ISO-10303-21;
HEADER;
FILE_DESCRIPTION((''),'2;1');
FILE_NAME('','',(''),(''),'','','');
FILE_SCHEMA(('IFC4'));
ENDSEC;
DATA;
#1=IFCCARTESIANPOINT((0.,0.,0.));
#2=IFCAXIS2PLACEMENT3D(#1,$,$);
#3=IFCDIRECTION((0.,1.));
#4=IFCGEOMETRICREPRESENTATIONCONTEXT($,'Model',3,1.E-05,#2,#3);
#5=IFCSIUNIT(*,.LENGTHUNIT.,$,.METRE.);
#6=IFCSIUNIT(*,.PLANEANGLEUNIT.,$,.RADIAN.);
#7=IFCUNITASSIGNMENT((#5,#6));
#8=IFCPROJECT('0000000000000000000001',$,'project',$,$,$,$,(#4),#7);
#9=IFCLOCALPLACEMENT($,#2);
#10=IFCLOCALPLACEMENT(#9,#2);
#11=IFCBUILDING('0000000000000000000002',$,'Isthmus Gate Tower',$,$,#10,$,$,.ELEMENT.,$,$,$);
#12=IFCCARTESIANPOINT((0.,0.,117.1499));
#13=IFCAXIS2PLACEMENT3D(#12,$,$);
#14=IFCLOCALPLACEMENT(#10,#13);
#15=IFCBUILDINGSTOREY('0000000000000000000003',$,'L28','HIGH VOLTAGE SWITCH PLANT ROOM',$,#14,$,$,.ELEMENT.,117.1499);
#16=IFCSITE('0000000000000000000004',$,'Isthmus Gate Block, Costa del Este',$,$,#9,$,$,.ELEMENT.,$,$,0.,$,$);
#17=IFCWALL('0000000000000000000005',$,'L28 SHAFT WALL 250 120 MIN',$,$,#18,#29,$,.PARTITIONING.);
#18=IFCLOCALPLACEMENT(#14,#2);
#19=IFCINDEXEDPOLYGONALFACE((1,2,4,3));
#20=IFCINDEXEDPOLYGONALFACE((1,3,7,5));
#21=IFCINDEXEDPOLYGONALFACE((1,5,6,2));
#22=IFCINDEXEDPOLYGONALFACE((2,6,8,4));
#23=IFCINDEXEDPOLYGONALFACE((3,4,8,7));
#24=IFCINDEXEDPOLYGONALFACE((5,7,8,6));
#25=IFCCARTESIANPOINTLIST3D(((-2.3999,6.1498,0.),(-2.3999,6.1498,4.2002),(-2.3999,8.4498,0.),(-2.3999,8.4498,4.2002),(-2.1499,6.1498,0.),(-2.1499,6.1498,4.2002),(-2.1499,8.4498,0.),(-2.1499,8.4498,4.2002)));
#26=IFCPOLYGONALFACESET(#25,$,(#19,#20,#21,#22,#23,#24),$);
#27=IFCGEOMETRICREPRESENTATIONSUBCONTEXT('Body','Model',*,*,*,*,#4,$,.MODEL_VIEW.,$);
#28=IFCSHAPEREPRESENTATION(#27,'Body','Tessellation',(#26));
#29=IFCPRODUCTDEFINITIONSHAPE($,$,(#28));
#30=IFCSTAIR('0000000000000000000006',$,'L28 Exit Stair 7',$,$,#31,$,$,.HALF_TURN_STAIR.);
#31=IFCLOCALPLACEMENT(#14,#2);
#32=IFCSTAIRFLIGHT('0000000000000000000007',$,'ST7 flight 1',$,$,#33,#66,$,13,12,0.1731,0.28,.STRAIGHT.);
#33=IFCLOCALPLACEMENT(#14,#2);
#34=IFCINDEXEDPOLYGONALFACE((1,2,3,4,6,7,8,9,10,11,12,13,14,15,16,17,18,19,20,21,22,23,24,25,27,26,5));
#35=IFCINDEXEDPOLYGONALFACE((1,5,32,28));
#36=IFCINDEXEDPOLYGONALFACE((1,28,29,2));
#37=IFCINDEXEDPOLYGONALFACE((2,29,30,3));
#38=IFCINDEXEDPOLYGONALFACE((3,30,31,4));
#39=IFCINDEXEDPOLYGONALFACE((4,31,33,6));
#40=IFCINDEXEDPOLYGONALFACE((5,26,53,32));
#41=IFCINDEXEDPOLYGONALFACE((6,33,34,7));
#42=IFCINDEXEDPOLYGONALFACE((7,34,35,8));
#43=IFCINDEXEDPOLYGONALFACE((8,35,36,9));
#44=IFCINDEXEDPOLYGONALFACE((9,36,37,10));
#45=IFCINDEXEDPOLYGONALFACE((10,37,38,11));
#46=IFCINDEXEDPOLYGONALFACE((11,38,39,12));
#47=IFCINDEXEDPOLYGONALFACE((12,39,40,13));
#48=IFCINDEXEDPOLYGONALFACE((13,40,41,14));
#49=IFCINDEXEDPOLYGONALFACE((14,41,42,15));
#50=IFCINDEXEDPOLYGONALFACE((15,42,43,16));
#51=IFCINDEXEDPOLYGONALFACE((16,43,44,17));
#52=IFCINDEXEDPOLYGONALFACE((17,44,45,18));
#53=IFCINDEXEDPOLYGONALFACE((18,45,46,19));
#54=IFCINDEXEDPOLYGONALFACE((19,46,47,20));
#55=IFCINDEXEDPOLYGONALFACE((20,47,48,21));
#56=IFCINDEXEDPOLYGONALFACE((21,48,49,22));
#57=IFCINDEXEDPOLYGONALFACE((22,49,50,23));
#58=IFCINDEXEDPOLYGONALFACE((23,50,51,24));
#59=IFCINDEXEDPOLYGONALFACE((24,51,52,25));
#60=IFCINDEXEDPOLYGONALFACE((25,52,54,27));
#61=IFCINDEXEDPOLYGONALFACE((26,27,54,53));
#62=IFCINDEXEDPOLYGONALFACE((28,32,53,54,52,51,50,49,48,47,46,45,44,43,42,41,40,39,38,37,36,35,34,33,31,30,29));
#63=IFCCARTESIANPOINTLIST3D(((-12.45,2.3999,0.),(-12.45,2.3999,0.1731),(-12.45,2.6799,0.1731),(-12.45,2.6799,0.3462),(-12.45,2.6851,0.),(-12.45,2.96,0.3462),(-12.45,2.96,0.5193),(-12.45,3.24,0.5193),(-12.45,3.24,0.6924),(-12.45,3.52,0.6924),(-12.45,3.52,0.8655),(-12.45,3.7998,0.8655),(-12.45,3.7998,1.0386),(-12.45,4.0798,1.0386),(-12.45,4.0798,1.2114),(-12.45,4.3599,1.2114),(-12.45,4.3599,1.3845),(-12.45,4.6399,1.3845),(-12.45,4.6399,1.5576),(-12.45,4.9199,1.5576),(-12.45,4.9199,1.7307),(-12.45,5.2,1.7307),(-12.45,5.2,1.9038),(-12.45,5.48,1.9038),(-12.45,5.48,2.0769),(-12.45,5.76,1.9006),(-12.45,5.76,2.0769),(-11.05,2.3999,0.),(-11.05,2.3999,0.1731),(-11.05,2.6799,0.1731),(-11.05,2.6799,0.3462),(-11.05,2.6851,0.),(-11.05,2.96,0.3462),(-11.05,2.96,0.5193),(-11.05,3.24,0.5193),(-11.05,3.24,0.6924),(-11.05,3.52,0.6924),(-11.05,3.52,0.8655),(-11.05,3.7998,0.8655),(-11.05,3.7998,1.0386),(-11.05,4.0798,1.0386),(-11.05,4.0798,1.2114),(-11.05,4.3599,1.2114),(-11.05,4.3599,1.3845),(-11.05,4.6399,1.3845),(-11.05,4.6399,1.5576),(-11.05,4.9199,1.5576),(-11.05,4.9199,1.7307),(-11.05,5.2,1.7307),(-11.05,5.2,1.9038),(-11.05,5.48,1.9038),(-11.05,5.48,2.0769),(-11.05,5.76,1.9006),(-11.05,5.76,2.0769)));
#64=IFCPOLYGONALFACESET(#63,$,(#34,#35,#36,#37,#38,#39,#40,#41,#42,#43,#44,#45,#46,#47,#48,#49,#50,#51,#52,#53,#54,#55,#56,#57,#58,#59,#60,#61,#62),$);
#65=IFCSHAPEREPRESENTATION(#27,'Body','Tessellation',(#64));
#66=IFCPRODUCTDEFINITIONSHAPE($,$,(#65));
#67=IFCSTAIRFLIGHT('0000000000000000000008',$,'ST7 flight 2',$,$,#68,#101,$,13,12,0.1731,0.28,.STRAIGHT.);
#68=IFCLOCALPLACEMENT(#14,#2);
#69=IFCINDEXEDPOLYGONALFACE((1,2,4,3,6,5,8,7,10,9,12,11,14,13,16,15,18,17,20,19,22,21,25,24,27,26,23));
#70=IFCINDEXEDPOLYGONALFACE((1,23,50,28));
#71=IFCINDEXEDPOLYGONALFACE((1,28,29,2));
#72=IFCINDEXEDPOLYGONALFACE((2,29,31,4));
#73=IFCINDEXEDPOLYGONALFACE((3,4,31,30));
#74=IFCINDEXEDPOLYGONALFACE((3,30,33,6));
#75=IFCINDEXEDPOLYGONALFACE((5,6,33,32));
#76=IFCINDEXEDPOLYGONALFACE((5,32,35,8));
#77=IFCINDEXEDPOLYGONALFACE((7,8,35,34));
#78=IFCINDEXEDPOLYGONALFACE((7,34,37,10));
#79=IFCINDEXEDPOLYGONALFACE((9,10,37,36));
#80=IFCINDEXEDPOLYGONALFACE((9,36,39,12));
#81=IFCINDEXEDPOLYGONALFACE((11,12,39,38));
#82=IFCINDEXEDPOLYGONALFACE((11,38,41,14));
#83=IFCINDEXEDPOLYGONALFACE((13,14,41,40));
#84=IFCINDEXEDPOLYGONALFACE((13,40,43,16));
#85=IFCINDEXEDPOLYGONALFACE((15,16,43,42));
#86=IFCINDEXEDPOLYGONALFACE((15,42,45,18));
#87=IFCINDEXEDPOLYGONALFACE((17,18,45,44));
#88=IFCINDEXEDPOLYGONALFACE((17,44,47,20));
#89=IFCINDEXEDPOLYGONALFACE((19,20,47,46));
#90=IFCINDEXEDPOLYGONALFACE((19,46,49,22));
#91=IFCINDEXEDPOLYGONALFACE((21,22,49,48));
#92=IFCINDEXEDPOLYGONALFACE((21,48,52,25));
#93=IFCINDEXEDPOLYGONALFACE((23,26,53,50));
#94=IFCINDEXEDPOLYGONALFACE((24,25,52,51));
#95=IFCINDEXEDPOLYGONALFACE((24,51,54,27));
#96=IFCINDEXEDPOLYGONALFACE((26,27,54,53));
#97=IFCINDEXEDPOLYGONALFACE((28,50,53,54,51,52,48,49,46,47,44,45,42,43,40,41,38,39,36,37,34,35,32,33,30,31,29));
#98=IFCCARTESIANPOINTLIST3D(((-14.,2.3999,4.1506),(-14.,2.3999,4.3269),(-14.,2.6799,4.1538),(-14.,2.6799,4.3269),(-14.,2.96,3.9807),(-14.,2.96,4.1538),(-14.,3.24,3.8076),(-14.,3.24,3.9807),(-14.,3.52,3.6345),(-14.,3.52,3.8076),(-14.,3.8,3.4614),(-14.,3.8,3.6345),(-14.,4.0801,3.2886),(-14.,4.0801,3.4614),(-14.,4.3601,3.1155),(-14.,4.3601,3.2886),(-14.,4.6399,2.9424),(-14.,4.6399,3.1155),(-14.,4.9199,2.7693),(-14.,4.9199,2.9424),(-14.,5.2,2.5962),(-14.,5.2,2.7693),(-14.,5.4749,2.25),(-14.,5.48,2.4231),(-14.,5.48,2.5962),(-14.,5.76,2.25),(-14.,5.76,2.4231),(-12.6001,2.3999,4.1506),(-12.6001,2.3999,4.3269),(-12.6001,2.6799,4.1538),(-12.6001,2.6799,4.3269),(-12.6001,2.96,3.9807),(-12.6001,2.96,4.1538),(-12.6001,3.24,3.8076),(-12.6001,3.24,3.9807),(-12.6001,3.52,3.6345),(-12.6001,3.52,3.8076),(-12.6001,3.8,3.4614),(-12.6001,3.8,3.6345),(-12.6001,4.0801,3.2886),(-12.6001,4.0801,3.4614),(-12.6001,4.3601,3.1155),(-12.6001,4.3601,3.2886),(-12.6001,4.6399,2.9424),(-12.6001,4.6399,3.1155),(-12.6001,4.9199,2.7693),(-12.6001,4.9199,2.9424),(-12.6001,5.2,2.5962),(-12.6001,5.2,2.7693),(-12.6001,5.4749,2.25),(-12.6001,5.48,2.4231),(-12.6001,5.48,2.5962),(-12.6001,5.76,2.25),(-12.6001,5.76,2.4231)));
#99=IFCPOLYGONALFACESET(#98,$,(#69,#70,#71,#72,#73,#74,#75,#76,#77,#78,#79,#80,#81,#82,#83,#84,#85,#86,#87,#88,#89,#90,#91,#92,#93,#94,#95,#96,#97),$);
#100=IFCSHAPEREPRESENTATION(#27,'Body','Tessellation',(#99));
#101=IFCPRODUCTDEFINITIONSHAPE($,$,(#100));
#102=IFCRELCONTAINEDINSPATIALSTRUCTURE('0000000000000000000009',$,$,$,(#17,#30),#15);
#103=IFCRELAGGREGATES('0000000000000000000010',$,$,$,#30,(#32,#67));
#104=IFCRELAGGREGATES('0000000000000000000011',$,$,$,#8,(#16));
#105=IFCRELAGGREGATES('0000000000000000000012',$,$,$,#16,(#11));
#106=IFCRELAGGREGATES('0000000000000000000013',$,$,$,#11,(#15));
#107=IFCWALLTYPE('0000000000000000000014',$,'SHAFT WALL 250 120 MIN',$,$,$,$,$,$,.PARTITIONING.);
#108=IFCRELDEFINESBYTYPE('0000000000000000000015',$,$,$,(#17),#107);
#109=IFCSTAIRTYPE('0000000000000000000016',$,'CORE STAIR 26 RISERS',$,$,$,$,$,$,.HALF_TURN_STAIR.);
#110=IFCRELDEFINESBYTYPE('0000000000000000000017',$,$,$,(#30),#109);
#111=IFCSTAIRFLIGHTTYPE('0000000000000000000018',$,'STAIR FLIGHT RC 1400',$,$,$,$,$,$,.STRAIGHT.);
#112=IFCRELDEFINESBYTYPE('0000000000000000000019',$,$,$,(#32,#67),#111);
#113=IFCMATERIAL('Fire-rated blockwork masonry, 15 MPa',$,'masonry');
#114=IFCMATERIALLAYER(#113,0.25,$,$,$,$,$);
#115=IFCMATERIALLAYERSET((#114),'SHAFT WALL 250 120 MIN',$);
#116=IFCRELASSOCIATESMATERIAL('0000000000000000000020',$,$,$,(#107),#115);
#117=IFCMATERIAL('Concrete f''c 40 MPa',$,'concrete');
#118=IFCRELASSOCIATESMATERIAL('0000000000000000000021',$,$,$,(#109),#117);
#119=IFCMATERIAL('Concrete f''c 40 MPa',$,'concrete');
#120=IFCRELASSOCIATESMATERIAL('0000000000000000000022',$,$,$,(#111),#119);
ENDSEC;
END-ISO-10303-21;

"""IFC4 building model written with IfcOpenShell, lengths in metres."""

from ifc_helpers import new_model, si_unit, direction, frame, frame_2d, origin, place, context, subcontext, project, spatial, polyline, rectangle, outline, extrude, material, layer, layer_set, type_object, element, aggregate, save


model = new_model("IFC4")

# Units and contexts
model_context = context("Model", 3, precision=1e-05, world=origin(), true_north=direction((0.0, 1.0)))
body_context = subcontext(model_context, "Body", "Model", "MODEL_VIEW")
ifc_project = project(units=[si_unit("LENGTHUNIT", "METRE"), si_unit("PLANEANGLEUNIT", "RADIAN")], contexts=[model_context])

# Site, building, storey
site_placement = place(None, origin())
site = spatial("IfcSite", under=ifc_project, at=site_placement, Name="Isthmus Gate Block, Costa del Este", CompositionType="ELEMENT", RefElevation=0.0)
building_placement = place(site_placement, origin())
building = spatial("IfcBuilding", under=site, at=building_placement, Name="Isthmus Gate Tower", CompositionType="ELEMENT")
storey_placement = place(building_placement, frame((0.0, 0.0, 117.1499)))
storey = spatial("IfcBuildingStorey", under=building, at=storey_placement, Name="L28", Description="HIGH VOLTAGE SWITCH PLANT ROOM", CompositionType="ELEMENT", Elevation=117.1499)

# Wall
ifc_material_1 = material(Name="Fire-rated blockwork masonry, 15 MPa", Category="masonry")
ifc_layer_1 = layer(ifc_material_1, 0.25)
ifc_layer_set_1 = layer_set([ifc_layer_1], Name="SHAFT WALL 250 120 MIN")
wall_type_1 = type_object("IfcWallType", Name="SHAFT WALL 250 120 MIN", PredefinedType="PARTITIONING", material=ifc_layer_set_1)
for number, where, z_axis, x_axis, name in (
    (1, (-2.2749, 6.1499, 0.0), (0.0, 0.0, 1.0), (0.0, 1.0, 0.0), "L28 SHAFT WALL 250 120 MIN"),
):
    element("IfcWall", number, at=place(storey_placement, frame(where, z_axis=z_axis, x_axis=x_axis)), inside=storey, type_object=wall_type_1, Name=name, PredefinedType="PARTITIONING", context=body_context, shape_type="SweptSolid", body=[
        extrude(rectangle(XDim=2.3, YDim=0.25, at=frame_2d((1.1499, 0.0))), origin(), (0.0, 0.0, 1.0), 4.2002),
    ])

# Stair, stair flights
ifc_material_2 = material(Name="Concrete f'c 40 MPa", Category="concrete")
stair_type = type_object("IfcStairType", Name="CORE STAIR 26 RISERS", PredefinedType="HALF_TURN_STAIR", material=ifc_material_2)
stair_placement = place(storey_placement, origin())
stair = element("IfcStair", 2, at=stair_placement, inside=storey, type_object=stair_type, Name="L28 Exit Stair 7", PredefinedType="HALF_TURN_STAIR")
ifc_material_3 = material(Name="Concrete f'c 40 MPa", Category="concrete")
stair_flight_type = type_object("IfcStairFlightType", Name="STAIR FLIGHT RC 1400", PredefinedType="STRAIGHT", material=ifc_material_3)
stair_flight_1_placement = place(storey_placement, frame((-11.75, 2.3999, 0.0), z_axis=(0.0, 0.0, 1.0), x_axis=(0.0, 1.0, 0.0)))
stair_flight_1 = element("IfcStairFlight", 3, at=stair_flight_1_placement, type_object=stair_flight_type, Name="ST7 flight 1", NumberOfRisers=13, NumberOfTreads=12, PredefinedType="STRAIGHT", RiserHeight=0.1731, TreadLength=0.28, context=body_context, shape_type="SweptSolid", body=[
    extrude(outline(polyline([(0.0, 0.0), (0.0, 0.1731), (0.28, 0.1731), (0.28, 0.3462), (0.5601, 0.3462), (0.5601, 0.5193), (0.8401, 0.5193), (0.8401, 0.6924), (1.1201, 0.6924), (1.1201, 0.8655), (1.3999, 0.8655), (1.3999, 1.0386), (1.6799, 1.0386), (1.6799, 1.2114), (1.96, 1.2114), (1.96, 1.3845), (2.24, 1.3845), (2.24, 1.5576), (2.52, 1.5576), (2.52, 1.7307), (2.8, 1.7307), (2.8, 1.9038), (3.0801, 1.9038), (3.0801, 2.0769), (3.3601, 2.0769), (3.3601, 2.25), (3.3601, 1.9006), (0.2852, 0.0), (0.0, 0.0)])), frame((0.0, 0.7, 0.0), z_axis=(0.0, -1.0, 0.0), x_axis=(1.0, 0.0, 0.0)), (0.0, 0.0, 1.0), 1.3999),
])
stair_flight_2_placement = place(storey_placement, frame((-13.3, 5.76, 2.25), z_axis=(0.0, 0.0, 1.0), x_axis=(0.0, -1.0, 0.0)))
stair_flight_2 = element("IfcStairFlight", 4, at=stair_flight_2_placement, type_object=stair_flight_type, Name="ST7 flight 2", NumberOfRisers=13, NumberOfTreads=12, PredefinedType="STRAIGHT", RiserHeight=0.1731, TreadLength=0.28, context=body_context, shape_type="SweptSolid", body=[
    extrude(outline(polyline([(0.0, 0.0), (0.0, 0.1731), (0.28, 0.1731), (0.28, 0.3462), (0.5601, 0.3462), (0.5601, 0.5193), (0.8401, 0.5193), (0.8401, 0.6924), (1.1201, 0.6924), (1.1201, 0.8655), (1.3999, 0.8655), (1.3999, 1.0386), (1.6799, 1.0386), (1.6799, 1.2114), (1.96, 1.2114), (1.96, 1.3845), (2.24, 1.3845), (2.24, 1.5576), (2.52, 1.5576), (2.52, 1.7307), (2.8, 1.7307), (2.8, 1.9038), (3.0801, 1.9038), (3.0801, 2.0769), (3.3601, 2.0769), (3.3601, 2.25), (3.3601, 1.9006), (0.2852, 0.0), (0.0, 0.0)])), frame((0.0, 0.7, 0.0), z_axis=(0.0, -1.0, 0.0), x_axis=(1.0, 0.0, 0.0)), (0.0, 0.0, 1.0), 1.3999),
])
aggregate(stair, [stair_flight_1, stair_flight_2])

save(model, "model.ifc")
